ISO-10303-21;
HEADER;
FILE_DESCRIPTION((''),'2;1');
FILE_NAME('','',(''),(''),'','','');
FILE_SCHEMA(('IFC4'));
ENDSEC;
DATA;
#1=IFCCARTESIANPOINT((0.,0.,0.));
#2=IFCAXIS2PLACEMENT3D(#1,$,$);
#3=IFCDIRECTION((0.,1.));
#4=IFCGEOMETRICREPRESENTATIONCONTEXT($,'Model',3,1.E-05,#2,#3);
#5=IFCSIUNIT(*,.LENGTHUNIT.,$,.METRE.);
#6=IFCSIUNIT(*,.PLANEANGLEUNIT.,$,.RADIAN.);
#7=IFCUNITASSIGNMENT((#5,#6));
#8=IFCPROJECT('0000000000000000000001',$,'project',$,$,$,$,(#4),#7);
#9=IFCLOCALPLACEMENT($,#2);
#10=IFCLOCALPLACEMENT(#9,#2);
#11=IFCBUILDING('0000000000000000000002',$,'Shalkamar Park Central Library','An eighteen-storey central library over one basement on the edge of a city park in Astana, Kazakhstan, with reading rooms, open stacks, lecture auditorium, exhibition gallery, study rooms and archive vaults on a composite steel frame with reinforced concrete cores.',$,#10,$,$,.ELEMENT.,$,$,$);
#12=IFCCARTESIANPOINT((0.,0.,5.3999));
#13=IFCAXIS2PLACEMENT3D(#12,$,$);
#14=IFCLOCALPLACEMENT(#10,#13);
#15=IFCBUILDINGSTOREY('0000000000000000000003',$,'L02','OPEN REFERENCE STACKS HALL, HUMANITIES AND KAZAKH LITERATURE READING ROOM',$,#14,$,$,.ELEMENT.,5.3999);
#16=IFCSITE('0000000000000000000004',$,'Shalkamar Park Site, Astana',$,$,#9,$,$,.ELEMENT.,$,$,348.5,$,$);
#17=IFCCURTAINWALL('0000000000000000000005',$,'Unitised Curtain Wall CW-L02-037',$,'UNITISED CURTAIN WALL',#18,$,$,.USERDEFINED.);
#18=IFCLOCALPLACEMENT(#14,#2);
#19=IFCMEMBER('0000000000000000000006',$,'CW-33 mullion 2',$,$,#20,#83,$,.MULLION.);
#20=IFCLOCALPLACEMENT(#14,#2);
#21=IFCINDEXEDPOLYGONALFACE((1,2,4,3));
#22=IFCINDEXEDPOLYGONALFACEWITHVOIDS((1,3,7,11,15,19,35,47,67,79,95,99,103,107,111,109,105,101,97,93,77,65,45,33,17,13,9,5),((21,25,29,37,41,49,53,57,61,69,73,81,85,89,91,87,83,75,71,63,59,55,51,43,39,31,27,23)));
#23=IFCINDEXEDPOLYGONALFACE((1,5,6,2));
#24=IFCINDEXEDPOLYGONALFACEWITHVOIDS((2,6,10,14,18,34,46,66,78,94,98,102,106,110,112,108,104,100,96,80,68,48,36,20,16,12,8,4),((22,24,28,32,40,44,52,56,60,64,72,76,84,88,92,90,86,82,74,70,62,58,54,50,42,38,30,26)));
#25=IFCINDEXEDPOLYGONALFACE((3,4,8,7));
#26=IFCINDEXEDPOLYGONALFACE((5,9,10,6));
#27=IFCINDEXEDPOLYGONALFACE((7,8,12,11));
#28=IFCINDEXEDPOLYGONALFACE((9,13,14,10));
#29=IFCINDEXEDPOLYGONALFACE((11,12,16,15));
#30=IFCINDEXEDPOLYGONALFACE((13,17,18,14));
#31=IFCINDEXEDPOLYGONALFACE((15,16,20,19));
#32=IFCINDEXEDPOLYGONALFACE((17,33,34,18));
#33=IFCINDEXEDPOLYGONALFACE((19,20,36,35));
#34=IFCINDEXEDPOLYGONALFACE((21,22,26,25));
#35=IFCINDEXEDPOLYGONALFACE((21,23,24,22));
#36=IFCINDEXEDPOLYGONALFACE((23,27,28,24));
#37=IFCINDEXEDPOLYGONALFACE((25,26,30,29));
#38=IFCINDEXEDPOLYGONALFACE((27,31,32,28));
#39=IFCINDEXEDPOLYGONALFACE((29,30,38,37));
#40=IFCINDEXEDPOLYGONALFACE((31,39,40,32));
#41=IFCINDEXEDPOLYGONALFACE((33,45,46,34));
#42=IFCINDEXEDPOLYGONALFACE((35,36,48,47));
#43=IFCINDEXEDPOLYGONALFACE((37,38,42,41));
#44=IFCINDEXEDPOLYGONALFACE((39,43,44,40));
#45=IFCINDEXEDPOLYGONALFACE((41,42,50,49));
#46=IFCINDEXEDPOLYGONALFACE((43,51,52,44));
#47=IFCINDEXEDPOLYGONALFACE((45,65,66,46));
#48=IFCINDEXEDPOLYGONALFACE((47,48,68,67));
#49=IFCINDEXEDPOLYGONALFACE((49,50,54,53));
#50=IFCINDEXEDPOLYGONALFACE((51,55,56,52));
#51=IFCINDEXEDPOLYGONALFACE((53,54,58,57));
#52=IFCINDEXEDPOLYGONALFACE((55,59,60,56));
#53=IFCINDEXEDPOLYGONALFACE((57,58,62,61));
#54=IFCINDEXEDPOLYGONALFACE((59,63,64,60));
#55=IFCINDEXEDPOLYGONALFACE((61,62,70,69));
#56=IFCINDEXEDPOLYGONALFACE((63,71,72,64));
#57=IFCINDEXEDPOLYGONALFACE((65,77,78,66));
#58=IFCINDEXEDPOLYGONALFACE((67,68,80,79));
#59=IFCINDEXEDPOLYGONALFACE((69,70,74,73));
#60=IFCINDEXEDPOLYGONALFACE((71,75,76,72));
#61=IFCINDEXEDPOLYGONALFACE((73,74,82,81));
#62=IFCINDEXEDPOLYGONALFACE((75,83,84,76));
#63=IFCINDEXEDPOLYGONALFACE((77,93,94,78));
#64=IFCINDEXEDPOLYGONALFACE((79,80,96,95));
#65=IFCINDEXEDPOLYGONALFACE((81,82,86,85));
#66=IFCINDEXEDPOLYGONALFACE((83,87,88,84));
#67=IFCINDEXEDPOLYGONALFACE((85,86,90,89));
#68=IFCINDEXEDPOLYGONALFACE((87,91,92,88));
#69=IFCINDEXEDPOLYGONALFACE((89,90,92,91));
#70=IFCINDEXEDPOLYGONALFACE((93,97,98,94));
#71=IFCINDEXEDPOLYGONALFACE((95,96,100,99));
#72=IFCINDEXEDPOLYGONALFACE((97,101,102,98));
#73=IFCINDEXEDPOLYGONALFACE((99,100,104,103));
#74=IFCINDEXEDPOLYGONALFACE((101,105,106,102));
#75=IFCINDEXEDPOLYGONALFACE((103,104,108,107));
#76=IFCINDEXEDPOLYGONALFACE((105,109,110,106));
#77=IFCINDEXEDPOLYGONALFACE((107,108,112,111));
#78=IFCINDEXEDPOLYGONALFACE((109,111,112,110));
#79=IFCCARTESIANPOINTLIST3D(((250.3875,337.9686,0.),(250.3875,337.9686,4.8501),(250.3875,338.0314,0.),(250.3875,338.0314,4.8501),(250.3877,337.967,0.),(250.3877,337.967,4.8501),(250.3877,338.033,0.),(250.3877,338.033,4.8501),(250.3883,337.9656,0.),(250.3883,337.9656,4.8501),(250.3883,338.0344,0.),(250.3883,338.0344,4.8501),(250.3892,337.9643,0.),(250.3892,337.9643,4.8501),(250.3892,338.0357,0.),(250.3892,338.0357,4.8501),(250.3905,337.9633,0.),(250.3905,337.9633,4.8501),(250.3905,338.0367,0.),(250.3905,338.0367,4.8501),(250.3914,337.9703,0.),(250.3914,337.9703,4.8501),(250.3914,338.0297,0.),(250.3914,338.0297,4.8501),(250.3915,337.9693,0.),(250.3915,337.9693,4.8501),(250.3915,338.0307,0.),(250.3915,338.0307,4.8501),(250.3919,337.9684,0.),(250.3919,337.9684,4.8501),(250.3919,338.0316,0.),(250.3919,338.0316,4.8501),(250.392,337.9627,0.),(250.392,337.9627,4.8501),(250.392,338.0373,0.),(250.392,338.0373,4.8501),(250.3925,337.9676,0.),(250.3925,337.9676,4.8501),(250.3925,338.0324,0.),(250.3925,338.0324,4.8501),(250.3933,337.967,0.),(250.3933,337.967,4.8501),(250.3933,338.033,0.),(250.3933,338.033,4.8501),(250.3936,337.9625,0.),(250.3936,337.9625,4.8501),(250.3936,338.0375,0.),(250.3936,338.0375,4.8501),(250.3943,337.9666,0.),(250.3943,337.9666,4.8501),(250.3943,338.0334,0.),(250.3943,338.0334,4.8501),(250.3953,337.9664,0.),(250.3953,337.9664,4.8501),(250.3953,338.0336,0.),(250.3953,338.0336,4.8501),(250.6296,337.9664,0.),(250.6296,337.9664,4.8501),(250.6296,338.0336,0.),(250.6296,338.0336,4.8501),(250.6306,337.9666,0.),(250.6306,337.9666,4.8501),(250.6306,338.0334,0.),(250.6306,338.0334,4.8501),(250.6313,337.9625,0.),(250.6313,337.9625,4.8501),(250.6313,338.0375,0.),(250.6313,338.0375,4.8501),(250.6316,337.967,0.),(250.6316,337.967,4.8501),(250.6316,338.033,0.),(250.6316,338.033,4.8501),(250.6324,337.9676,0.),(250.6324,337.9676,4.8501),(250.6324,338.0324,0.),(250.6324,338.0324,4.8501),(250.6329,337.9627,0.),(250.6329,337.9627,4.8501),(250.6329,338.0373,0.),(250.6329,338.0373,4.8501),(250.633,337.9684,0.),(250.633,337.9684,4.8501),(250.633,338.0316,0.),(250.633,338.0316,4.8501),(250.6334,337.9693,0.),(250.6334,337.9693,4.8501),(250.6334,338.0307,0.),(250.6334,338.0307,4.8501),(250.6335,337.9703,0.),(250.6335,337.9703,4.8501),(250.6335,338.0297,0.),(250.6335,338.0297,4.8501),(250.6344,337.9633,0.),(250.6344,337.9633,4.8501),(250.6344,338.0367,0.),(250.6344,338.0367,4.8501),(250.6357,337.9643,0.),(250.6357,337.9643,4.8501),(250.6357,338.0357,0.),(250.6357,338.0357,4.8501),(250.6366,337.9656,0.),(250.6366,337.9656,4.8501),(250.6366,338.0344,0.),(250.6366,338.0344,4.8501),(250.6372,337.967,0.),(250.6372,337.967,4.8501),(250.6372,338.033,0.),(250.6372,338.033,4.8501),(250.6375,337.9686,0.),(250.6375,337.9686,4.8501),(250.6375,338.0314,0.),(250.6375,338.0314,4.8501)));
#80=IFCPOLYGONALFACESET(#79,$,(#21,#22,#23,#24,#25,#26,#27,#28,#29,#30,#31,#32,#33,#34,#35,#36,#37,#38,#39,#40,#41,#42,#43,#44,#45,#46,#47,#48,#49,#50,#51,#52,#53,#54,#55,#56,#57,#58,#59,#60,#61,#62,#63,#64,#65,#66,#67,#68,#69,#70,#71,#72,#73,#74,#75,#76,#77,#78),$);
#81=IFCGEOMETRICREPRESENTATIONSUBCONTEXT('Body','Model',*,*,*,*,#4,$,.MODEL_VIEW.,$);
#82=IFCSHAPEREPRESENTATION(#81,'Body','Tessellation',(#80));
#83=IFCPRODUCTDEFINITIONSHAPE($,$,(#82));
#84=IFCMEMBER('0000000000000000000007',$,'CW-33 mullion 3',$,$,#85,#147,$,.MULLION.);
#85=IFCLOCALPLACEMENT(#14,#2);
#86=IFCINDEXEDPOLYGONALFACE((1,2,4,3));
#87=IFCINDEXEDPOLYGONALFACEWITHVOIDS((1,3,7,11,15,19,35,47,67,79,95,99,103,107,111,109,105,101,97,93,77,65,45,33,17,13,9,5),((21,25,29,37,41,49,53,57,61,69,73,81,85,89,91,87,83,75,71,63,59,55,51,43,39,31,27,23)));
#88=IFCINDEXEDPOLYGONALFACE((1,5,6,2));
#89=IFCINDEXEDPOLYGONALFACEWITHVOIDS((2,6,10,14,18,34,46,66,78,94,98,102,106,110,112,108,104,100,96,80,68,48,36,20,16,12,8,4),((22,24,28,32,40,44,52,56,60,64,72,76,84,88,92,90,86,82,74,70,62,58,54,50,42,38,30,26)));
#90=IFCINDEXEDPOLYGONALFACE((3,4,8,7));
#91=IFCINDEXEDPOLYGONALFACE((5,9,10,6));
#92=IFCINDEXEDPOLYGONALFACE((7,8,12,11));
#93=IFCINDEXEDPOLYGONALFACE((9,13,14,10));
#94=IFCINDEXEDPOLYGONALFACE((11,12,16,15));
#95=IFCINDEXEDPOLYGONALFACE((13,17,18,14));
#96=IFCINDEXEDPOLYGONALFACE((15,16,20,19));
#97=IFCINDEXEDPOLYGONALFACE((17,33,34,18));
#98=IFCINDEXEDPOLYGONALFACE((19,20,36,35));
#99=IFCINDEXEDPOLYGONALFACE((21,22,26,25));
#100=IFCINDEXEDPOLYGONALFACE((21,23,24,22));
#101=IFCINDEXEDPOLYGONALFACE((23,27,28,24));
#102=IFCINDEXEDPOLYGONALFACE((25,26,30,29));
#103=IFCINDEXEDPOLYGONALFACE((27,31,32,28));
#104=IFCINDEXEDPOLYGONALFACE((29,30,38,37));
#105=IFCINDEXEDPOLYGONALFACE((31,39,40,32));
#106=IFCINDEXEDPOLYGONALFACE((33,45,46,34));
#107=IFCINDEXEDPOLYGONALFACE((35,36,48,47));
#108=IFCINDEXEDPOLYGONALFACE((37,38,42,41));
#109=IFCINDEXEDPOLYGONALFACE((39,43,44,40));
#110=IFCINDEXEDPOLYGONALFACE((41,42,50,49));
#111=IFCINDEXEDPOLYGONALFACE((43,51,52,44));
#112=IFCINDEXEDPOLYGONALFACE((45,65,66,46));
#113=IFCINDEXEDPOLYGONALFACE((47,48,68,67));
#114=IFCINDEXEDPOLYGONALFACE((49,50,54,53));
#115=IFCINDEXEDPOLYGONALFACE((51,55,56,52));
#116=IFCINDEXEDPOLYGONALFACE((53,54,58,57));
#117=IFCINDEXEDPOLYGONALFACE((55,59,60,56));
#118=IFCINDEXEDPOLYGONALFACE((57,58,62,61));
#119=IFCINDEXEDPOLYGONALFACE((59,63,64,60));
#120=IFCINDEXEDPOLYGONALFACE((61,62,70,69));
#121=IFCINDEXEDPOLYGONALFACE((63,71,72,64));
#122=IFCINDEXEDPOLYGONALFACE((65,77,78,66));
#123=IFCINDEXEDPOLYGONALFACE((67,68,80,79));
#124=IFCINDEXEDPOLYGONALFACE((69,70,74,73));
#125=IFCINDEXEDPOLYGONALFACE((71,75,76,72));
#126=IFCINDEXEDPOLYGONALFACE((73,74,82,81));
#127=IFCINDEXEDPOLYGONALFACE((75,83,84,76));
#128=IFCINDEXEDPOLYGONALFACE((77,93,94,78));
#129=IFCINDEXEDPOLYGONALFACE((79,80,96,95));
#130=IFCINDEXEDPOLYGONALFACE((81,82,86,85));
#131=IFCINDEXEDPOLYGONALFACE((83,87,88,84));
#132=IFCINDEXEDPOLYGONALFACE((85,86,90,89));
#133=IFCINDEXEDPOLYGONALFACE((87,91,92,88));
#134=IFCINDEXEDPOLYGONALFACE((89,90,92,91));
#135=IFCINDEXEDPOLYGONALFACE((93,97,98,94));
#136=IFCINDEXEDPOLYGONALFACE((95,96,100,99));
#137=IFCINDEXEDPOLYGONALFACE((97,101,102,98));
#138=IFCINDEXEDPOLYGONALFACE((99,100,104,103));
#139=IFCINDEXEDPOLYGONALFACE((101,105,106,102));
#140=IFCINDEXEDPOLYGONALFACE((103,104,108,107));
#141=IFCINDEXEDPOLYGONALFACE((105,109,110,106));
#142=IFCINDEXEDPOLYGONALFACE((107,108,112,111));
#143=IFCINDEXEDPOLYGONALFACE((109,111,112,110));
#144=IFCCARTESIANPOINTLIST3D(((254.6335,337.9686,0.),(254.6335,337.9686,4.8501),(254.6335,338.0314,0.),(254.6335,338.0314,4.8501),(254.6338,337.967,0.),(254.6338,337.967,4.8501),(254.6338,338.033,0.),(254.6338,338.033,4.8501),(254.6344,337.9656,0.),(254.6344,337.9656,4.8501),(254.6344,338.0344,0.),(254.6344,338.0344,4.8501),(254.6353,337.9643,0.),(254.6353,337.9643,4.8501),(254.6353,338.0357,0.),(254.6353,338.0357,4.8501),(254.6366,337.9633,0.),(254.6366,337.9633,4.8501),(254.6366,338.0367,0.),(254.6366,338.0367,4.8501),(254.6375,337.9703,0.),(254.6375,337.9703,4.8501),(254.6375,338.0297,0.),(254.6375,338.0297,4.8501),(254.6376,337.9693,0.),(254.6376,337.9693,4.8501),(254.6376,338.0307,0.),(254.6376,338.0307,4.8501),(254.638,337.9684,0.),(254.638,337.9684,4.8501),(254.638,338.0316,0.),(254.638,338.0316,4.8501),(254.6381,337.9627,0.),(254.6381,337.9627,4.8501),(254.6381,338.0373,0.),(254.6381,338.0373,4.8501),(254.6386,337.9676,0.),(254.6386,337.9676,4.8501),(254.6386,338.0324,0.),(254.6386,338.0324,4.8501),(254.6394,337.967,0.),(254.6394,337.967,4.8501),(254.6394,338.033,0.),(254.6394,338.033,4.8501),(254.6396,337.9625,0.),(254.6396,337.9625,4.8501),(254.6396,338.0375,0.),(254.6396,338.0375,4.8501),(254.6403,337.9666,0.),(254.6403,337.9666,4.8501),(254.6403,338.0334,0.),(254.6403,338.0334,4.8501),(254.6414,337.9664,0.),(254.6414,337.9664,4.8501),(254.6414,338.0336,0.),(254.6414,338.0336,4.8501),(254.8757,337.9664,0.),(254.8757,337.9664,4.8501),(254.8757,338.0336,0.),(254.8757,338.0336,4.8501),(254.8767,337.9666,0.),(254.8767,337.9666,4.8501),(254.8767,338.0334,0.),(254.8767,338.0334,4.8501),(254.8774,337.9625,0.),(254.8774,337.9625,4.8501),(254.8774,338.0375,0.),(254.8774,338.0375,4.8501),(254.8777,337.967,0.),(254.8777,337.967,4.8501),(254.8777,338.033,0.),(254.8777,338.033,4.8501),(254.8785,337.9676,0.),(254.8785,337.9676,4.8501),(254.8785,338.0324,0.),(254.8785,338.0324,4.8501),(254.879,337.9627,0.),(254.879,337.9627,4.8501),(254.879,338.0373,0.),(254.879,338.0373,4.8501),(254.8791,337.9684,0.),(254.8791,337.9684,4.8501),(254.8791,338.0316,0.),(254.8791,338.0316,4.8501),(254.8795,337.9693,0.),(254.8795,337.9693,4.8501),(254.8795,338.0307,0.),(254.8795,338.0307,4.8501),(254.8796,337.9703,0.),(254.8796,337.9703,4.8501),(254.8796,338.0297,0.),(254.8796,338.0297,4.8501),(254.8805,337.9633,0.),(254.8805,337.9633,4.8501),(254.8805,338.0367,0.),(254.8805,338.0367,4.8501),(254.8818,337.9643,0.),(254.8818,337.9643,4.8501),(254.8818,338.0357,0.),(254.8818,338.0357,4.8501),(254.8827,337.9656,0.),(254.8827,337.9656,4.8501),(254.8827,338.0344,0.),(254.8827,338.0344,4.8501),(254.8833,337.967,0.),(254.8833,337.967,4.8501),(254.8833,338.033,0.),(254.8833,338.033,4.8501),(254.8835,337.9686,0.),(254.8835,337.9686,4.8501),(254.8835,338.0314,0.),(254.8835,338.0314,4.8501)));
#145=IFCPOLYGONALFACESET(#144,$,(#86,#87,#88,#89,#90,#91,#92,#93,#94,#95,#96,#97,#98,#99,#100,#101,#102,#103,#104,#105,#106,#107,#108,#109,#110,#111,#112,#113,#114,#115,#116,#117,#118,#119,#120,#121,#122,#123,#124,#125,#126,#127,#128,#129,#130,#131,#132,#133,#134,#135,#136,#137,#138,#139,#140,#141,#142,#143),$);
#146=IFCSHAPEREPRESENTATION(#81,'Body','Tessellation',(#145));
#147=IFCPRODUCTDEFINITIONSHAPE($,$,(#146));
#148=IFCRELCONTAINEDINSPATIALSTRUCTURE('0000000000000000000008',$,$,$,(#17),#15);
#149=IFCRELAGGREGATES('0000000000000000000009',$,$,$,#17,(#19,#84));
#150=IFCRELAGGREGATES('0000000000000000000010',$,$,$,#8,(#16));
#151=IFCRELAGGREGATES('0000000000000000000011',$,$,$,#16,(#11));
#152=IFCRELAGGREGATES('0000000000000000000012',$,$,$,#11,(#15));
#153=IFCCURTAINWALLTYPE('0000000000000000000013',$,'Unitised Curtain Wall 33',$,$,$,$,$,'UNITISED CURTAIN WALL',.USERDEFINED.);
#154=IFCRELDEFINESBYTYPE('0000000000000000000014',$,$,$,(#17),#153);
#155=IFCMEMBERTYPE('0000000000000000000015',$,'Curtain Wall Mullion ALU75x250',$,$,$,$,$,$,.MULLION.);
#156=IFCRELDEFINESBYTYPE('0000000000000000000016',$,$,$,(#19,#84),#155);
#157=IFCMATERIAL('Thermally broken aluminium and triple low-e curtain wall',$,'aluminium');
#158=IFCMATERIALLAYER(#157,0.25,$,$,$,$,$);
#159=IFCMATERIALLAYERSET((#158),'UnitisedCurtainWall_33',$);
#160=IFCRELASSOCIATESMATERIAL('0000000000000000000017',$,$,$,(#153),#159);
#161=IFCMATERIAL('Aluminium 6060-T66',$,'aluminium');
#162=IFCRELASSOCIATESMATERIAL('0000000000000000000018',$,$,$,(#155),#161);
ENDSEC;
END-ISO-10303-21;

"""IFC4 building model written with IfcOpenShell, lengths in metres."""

from ifc_helpers import new_model, si_unit, direction, frame, origin, origin_2d, place, context, subcontext, project, spatial, hollow_rectangle, extrude, material, layer, layer_set, material_profile, profile_set, type_object, element, aggregate, save


model = new_model("IFC4")

# Units and contexts
model_context = context("Model", 3, precision=1e-05, world=origin(), true_north=direction((0.0, 1.0)))
body_context = subcontext(model_context, "Body", "Model", "MODEL_VIEW")
ifc_project = project(units=[si_unit("LENGTHUNIT", "METRE"), si_unit("PLANEANGLEUNIT", "RADIAN")], contexts=[model_context])

# Site, building, storey
site_placement = place(None, origin())
site = spatial("IfcSite", under=ifc_project, at=site_placement, Name="Shalkamar Park Site, Astana", CompositionType="ELEMENT", RefElevation=348.5)
building_placement = place(site_placement, origin())
building = spatial("IfcBuilding", under=site, at=building_placement, Name="Shalkamar Park Central Library", Description="An eighteen-storey central library over one basement on the edge of a city park in Astana, Kazakhstan, with reading rooms, open stacks, lecture auditorium, exhibition gallery, study rooms and archive vaults on a composite steel frame with reinforced concrete cores.", CompositionType="ELEMENT")
storey_placement = place(building_placement, frame((0.0, 0.0, 5.3999)))
storey = spatial("IfcBuildingStorey", under=building, at=storey_placement, Name="L02", Description="OPEN REFERENCE STACKS HALL, HUMANITIES AND KAZAKH LITERATURE READING ROOM", CompositionType="ELEMENT", Elevation=5.3999)

# Curtain wall, members
ifc_material_1 = material(Name="Thermally broken aluminium and triple low-e curtain wall", Category="aluminium")
ifc_layer_1 = layer(ifc_material_1, 0.25)
ifc_layer_set_1 = layer_set([ifc_layer_1], Name="UnitisedCurtainWall_33")
curtain_wall_type_1 = type_object("IfcCurtainWallType", Name="Unitised Curtain Wall 33", ElementType="UNITISED CURTAIN WALL", PredefinedType="USERDEFINED", material=ifc_layer_set_1)
curtain_wall_1_placement = place(storey_placement, origin())
curtain_wall_1 = element("IfcCurtainWall", 1, at=curtain_wall_1_placement, inside=storey, type_object=curtain_wall_type_1, Name="Unitised Curtain Wall CW-L02-037", ObjectType="UNITISED CURTAIN WALL", PredefinedType="USERDEFINED")
ifc_material_2 = material(Name="Aluminium 6060-T66", Category="aluminium")
ifc_material_profile_1 = material_profile(ifc_material_2, hollow_rectangle(XDim=0.075, YDim=0.25, WallThickness=0.0039, InnerFilletRadius=0.0039, OuterFilletRadius=0.0061, at=origin_2d()), Name="ALU 75x250x4")
ifc_profile_set_1 = profile_set([ifc_material_profile_1], Name="Aluminium 6060-T66")
member_type_1 = type_object("IfcMemberType", Name="Curtain Wall Mullion ALU75x250", PredefinedType="MULLION", material=ifc_profile_set_1)
member_1_placement = place(storey_placement, frame((250.5125, 338.0, 0.0), z_axis=(0.0, 0.0, 1.0), x_axis=(0.0, 1.0, 0.0)))
member_1 = element("IfcMember", 2, at=member_1_placement, type_object=member_type_1, Name="CW-33 mullion 2", PredefinedType="MULLION", context=body_context, shape_type="SweptSolid", body=[
    extrude(hollow_rectangle(XDim=0.075, YDim=0.25, WallThickness=0.0039, InnerFilletRadius=0.0039, OuterFilletRadius=0.0061, at=origin_2d()), origin(), (0.0, 0.0, 1.0), 4.8501),
])
member_2_placement = place(storey_placement, frame((254.7585, 338.0, 0.0), z_axis=(0.0, 0.0, 1.0), x_axis=(0.0, 1.0, 0.0)))
member_2 = element("IfcMember", 3, at=member_2_placement, type_object=member_type_1, Name="CW-33 mullion 3", PredefinedType="MULLION", context=body_context, shape_type="SweptSolid", body=[
    extrude(hollow_rectangle(XDim=0.075, YDim=0.25, WallThickness=0.0039, InnerFilletRadius=0.0039, OuterFilletRadius=0.0061, at=origin_2d()), origin(), (0.0, 0.0, 1.0), 4.8501),
])

aggregate(curtain_wall_1, [member_1, member_2])

save(model, "model.ifc")
